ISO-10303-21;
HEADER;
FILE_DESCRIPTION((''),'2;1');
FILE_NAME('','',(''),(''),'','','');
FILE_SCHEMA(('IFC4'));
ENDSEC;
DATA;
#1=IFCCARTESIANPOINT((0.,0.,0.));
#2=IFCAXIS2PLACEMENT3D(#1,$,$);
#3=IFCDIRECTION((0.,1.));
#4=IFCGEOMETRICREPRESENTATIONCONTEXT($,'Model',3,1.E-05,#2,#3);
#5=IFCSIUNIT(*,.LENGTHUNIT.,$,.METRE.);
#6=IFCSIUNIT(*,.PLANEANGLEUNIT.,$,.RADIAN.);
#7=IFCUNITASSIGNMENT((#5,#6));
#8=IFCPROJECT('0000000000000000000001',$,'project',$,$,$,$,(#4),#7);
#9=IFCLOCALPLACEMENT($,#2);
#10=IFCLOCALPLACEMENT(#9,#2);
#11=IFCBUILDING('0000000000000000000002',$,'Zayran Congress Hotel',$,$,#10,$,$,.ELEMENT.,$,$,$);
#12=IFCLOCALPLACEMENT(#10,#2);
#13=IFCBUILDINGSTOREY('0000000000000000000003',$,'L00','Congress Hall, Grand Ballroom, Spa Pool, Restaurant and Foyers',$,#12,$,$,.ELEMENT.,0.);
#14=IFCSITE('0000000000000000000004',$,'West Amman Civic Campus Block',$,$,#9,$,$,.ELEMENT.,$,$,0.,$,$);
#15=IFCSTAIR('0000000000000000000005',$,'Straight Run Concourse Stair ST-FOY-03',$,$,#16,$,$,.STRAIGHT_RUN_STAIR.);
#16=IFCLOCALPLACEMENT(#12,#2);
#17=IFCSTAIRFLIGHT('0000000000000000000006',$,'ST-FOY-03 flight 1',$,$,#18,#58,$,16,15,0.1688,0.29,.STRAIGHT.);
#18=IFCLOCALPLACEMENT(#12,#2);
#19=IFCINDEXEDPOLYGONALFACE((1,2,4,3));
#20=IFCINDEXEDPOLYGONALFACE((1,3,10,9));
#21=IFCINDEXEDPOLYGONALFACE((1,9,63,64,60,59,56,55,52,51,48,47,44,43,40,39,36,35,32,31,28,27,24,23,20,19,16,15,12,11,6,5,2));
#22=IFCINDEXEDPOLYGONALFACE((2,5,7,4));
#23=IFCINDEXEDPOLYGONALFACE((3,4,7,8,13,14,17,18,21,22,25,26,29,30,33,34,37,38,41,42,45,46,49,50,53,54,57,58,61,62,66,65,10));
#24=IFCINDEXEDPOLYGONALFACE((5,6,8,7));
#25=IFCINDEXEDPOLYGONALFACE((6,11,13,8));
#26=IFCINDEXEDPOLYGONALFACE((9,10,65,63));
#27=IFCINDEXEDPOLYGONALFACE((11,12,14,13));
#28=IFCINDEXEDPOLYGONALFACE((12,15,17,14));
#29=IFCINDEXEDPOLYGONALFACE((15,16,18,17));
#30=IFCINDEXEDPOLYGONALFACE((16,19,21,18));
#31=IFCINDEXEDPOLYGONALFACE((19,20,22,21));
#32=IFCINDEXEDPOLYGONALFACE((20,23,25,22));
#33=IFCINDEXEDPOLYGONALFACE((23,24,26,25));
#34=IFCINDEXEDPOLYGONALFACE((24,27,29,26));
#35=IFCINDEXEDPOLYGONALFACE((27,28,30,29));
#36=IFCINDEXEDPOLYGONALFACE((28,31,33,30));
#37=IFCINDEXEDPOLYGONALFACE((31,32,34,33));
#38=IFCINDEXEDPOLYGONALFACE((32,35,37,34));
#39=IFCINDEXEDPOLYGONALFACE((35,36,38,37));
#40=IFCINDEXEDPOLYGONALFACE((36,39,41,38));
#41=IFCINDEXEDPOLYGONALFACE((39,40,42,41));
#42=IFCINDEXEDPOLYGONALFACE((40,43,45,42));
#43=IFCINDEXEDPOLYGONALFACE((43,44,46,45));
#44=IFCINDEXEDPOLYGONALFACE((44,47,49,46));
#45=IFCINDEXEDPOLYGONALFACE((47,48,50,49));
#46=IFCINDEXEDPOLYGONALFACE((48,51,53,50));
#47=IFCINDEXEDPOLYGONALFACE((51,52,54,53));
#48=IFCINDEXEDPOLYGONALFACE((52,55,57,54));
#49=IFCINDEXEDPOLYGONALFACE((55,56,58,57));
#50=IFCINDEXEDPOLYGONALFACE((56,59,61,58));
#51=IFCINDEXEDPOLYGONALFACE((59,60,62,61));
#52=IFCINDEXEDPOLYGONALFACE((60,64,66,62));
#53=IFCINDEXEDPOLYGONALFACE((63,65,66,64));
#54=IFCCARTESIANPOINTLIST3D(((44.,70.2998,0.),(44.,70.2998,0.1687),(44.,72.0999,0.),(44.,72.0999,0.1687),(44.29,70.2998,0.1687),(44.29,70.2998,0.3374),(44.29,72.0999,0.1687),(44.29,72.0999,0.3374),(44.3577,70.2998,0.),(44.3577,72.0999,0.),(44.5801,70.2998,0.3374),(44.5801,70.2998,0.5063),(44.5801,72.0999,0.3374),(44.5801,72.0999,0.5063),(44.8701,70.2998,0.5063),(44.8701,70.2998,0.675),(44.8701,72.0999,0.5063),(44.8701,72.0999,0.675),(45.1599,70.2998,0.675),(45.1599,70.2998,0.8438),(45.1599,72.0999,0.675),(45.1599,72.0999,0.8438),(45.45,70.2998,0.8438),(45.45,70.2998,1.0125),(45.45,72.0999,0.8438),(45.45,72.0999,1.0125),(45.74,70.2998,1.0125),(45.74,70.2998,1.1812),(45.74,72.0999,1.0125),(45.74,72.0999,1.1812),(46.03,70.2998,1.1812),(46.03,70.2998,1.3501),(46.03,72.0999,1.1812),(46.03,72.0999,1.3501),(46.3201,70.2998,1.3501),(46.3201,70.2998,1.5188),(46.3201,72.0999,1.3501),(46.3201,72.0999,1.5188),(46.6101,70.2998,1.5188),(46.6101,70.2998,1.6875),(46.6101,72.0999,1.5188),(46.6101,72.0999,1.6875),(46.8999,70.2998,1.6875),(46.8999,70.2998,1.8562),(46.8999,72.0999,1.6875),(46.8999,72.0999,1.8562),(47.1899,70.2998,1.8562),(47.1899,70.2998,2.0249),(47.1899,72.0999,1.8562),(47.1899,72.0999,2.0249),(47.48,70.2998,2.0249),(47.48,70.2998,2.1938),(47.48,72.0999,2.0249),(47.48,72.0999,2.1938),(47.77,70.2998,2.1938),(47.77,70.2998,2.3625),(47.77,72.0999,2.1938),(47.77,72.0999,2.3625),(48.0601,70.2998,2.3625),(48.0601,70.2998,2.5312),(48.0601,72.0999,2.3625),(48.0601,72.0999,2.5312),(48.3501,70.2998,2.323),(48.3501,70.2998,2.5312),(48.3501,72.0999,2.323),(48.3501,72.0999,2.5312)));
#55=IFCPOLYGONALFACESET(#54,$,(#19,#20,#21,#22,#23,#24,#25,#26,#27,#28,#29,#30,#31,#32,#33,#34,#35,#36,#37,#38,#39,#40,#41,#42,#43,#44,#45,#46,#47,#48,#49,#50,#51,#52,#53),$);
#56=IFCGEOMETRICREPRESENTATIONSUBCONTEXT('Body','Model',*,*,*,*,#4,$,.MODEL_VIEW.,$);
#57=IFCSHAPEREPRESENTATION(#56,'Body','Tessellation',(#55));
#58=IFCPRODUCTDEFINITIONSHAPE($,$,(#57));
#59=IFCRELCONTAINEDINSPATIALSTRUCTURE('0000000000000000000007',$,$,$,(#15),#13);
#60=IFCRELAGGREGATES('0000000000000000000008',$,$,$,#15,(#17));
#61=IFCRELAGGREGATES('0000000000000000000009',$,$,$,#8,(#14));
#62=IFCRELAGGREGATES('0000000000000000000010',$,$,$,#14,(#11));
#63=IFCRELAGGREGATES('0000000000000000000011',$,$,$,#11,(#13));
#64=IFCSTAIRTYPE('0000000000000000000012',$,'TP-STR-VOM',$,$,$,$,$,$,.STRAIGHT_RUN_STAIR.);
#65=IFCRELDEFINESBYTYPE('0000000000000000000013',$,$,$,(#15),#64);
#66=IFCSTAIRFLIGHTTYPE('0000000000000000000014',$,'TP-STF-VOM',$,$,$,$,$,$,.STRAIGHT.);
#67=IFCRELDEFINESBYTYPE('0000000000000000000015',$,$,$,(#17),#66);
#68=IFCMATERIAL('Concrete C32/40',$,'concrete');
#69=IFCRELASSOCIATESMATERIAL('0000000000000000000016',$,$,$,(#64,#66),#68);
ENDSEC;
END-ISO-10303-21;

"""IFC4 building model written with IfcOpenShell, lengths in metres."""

from ifc_helpers import new_model, si_unit, direction, frame, origin, place, context, subcontext, project, spatial, polyline, outline, extrude, material, type_object, element, aggregate, save


model = new_model("IFC4")

# Units and contexts
model_context = context("Model", 3, precision=1e-05, world=origin(), true_north=direction((0.0, 1.0)))
body_context = subcontext(model_context, "Body", "Model", "MODEL_VIEW")
ifc_project = project(units=[si_unit("LENGTHUNIT", "METRE"), si_unit("PLANEANGLEUNIT", "RADIAN")], contexts=[model_context])

# Site, building, storey
site_placement = place(None, origin())
site = spatial("IfcSite", under=ifc_project, at=site_placement, Name="West Amman Civic Campus Block", CompositionType="ELEMENT", RefElevation=0.0)
building_placement = place(site_placement, origin())
building = spatial("IfcBuilding", under=site, at=building_placement, Name="Zayran Congress Hotel", CompositionType="ELEMENT")
storey_placement = place(building_placement, origin())
storey = spatial("IfcBuildingStorey", under=building, at=storey_placement, Name="L00", Description="Congress Hall, Grand Ballroom, Spa Pool, Restaurant and Foyers", CompositionType="ELEMENT", Elevation=0.0)

# Stair, stair flight
ifc_material_1 = material(Name="Concrete C32/40", Category="concrete")
stair_type = type_object("IfcStairType", Name="TP-STR-VOM", PredefinedType="STRAIGHT_RUN_STAIR", material=ifc_material_1)
stair_placement = place(storey_placement, origin())
stair = element("IfcStair", 1, at=stair_placement, inside=storey, type_object=stair_type, Name="Straight Run Concourse Stair ST-FOY-03", PredefinedType="STRAIGHT_RUN_STAIR")
stair_flight_type = type_object("IfcStairFlightType", Name="TP-STF-VOM", PredefinedType="STRAIGHT", material=ifc_material_1)
stair_flight_placement = place(storey_placement, frame((44.0, 71.2, 0.0), z_axis=(0.0, 0.0, 1.0), x_axis=(1.0, 0.0, 0.0)))
stair_flight = element("IfcStairFlight", 2, at=stair_flight_placement, type_object=stair_flight_type, Name="ST-FOY-03 flight 1", NumberOfRisers=16, NumberOfTreads=15, PredefinedType="STRAIGHT", RiserHeight=0.1688, TreadLength=0.29, context=body_context, shape_type="SweptSolid", body=[
    extrude(outline(polyline([(0.0, 0.0), (0.0, 0.1687), (0.29, 0.1687), (0.29, 0.3374), (0.5801, 0.3374), (0.5801, 0.5063), (0.8701, 0.5063), (0.8701, 0.675), (1.1599, 0.675), (1.1599, 0.8438), (1.45, 0.8438), (1.45, 1.0125), (1.74, 1.0125), (1.74, 1.1812), (2.03, 1.1812), (2.03, 1.3501), (2.3201, 1.3501), (2.3201, 1.5188), (2.6101, 1.5188), (2.6101, 1.6875), (2.8999, 1.6875), (2.8999, 1.8562), (3.1899, 1.8562), (3.1899, 2.0249), (3.48, 2.0249), (3.48, 2.1938), (3.77, 2.1938), (3.77, 2.3625), (4.0601, 2.3625), (4.0601, 2.5312), (4.3501, 2.5312), (4.3501, 2.7), (4.3501, 2.323), (0.3577, 0.0), (0.0, 0.0)])), frame((0.0, 0.8999, 0.0), z_axis=(0.0, -1.0, 0.0), x_axis=(1.0, 0.0, 0.0)), (0.0, 0.0, 1.0), 1.8),
])
aggregate(stair, [stair_flight])

save(model, "model.ifc")
